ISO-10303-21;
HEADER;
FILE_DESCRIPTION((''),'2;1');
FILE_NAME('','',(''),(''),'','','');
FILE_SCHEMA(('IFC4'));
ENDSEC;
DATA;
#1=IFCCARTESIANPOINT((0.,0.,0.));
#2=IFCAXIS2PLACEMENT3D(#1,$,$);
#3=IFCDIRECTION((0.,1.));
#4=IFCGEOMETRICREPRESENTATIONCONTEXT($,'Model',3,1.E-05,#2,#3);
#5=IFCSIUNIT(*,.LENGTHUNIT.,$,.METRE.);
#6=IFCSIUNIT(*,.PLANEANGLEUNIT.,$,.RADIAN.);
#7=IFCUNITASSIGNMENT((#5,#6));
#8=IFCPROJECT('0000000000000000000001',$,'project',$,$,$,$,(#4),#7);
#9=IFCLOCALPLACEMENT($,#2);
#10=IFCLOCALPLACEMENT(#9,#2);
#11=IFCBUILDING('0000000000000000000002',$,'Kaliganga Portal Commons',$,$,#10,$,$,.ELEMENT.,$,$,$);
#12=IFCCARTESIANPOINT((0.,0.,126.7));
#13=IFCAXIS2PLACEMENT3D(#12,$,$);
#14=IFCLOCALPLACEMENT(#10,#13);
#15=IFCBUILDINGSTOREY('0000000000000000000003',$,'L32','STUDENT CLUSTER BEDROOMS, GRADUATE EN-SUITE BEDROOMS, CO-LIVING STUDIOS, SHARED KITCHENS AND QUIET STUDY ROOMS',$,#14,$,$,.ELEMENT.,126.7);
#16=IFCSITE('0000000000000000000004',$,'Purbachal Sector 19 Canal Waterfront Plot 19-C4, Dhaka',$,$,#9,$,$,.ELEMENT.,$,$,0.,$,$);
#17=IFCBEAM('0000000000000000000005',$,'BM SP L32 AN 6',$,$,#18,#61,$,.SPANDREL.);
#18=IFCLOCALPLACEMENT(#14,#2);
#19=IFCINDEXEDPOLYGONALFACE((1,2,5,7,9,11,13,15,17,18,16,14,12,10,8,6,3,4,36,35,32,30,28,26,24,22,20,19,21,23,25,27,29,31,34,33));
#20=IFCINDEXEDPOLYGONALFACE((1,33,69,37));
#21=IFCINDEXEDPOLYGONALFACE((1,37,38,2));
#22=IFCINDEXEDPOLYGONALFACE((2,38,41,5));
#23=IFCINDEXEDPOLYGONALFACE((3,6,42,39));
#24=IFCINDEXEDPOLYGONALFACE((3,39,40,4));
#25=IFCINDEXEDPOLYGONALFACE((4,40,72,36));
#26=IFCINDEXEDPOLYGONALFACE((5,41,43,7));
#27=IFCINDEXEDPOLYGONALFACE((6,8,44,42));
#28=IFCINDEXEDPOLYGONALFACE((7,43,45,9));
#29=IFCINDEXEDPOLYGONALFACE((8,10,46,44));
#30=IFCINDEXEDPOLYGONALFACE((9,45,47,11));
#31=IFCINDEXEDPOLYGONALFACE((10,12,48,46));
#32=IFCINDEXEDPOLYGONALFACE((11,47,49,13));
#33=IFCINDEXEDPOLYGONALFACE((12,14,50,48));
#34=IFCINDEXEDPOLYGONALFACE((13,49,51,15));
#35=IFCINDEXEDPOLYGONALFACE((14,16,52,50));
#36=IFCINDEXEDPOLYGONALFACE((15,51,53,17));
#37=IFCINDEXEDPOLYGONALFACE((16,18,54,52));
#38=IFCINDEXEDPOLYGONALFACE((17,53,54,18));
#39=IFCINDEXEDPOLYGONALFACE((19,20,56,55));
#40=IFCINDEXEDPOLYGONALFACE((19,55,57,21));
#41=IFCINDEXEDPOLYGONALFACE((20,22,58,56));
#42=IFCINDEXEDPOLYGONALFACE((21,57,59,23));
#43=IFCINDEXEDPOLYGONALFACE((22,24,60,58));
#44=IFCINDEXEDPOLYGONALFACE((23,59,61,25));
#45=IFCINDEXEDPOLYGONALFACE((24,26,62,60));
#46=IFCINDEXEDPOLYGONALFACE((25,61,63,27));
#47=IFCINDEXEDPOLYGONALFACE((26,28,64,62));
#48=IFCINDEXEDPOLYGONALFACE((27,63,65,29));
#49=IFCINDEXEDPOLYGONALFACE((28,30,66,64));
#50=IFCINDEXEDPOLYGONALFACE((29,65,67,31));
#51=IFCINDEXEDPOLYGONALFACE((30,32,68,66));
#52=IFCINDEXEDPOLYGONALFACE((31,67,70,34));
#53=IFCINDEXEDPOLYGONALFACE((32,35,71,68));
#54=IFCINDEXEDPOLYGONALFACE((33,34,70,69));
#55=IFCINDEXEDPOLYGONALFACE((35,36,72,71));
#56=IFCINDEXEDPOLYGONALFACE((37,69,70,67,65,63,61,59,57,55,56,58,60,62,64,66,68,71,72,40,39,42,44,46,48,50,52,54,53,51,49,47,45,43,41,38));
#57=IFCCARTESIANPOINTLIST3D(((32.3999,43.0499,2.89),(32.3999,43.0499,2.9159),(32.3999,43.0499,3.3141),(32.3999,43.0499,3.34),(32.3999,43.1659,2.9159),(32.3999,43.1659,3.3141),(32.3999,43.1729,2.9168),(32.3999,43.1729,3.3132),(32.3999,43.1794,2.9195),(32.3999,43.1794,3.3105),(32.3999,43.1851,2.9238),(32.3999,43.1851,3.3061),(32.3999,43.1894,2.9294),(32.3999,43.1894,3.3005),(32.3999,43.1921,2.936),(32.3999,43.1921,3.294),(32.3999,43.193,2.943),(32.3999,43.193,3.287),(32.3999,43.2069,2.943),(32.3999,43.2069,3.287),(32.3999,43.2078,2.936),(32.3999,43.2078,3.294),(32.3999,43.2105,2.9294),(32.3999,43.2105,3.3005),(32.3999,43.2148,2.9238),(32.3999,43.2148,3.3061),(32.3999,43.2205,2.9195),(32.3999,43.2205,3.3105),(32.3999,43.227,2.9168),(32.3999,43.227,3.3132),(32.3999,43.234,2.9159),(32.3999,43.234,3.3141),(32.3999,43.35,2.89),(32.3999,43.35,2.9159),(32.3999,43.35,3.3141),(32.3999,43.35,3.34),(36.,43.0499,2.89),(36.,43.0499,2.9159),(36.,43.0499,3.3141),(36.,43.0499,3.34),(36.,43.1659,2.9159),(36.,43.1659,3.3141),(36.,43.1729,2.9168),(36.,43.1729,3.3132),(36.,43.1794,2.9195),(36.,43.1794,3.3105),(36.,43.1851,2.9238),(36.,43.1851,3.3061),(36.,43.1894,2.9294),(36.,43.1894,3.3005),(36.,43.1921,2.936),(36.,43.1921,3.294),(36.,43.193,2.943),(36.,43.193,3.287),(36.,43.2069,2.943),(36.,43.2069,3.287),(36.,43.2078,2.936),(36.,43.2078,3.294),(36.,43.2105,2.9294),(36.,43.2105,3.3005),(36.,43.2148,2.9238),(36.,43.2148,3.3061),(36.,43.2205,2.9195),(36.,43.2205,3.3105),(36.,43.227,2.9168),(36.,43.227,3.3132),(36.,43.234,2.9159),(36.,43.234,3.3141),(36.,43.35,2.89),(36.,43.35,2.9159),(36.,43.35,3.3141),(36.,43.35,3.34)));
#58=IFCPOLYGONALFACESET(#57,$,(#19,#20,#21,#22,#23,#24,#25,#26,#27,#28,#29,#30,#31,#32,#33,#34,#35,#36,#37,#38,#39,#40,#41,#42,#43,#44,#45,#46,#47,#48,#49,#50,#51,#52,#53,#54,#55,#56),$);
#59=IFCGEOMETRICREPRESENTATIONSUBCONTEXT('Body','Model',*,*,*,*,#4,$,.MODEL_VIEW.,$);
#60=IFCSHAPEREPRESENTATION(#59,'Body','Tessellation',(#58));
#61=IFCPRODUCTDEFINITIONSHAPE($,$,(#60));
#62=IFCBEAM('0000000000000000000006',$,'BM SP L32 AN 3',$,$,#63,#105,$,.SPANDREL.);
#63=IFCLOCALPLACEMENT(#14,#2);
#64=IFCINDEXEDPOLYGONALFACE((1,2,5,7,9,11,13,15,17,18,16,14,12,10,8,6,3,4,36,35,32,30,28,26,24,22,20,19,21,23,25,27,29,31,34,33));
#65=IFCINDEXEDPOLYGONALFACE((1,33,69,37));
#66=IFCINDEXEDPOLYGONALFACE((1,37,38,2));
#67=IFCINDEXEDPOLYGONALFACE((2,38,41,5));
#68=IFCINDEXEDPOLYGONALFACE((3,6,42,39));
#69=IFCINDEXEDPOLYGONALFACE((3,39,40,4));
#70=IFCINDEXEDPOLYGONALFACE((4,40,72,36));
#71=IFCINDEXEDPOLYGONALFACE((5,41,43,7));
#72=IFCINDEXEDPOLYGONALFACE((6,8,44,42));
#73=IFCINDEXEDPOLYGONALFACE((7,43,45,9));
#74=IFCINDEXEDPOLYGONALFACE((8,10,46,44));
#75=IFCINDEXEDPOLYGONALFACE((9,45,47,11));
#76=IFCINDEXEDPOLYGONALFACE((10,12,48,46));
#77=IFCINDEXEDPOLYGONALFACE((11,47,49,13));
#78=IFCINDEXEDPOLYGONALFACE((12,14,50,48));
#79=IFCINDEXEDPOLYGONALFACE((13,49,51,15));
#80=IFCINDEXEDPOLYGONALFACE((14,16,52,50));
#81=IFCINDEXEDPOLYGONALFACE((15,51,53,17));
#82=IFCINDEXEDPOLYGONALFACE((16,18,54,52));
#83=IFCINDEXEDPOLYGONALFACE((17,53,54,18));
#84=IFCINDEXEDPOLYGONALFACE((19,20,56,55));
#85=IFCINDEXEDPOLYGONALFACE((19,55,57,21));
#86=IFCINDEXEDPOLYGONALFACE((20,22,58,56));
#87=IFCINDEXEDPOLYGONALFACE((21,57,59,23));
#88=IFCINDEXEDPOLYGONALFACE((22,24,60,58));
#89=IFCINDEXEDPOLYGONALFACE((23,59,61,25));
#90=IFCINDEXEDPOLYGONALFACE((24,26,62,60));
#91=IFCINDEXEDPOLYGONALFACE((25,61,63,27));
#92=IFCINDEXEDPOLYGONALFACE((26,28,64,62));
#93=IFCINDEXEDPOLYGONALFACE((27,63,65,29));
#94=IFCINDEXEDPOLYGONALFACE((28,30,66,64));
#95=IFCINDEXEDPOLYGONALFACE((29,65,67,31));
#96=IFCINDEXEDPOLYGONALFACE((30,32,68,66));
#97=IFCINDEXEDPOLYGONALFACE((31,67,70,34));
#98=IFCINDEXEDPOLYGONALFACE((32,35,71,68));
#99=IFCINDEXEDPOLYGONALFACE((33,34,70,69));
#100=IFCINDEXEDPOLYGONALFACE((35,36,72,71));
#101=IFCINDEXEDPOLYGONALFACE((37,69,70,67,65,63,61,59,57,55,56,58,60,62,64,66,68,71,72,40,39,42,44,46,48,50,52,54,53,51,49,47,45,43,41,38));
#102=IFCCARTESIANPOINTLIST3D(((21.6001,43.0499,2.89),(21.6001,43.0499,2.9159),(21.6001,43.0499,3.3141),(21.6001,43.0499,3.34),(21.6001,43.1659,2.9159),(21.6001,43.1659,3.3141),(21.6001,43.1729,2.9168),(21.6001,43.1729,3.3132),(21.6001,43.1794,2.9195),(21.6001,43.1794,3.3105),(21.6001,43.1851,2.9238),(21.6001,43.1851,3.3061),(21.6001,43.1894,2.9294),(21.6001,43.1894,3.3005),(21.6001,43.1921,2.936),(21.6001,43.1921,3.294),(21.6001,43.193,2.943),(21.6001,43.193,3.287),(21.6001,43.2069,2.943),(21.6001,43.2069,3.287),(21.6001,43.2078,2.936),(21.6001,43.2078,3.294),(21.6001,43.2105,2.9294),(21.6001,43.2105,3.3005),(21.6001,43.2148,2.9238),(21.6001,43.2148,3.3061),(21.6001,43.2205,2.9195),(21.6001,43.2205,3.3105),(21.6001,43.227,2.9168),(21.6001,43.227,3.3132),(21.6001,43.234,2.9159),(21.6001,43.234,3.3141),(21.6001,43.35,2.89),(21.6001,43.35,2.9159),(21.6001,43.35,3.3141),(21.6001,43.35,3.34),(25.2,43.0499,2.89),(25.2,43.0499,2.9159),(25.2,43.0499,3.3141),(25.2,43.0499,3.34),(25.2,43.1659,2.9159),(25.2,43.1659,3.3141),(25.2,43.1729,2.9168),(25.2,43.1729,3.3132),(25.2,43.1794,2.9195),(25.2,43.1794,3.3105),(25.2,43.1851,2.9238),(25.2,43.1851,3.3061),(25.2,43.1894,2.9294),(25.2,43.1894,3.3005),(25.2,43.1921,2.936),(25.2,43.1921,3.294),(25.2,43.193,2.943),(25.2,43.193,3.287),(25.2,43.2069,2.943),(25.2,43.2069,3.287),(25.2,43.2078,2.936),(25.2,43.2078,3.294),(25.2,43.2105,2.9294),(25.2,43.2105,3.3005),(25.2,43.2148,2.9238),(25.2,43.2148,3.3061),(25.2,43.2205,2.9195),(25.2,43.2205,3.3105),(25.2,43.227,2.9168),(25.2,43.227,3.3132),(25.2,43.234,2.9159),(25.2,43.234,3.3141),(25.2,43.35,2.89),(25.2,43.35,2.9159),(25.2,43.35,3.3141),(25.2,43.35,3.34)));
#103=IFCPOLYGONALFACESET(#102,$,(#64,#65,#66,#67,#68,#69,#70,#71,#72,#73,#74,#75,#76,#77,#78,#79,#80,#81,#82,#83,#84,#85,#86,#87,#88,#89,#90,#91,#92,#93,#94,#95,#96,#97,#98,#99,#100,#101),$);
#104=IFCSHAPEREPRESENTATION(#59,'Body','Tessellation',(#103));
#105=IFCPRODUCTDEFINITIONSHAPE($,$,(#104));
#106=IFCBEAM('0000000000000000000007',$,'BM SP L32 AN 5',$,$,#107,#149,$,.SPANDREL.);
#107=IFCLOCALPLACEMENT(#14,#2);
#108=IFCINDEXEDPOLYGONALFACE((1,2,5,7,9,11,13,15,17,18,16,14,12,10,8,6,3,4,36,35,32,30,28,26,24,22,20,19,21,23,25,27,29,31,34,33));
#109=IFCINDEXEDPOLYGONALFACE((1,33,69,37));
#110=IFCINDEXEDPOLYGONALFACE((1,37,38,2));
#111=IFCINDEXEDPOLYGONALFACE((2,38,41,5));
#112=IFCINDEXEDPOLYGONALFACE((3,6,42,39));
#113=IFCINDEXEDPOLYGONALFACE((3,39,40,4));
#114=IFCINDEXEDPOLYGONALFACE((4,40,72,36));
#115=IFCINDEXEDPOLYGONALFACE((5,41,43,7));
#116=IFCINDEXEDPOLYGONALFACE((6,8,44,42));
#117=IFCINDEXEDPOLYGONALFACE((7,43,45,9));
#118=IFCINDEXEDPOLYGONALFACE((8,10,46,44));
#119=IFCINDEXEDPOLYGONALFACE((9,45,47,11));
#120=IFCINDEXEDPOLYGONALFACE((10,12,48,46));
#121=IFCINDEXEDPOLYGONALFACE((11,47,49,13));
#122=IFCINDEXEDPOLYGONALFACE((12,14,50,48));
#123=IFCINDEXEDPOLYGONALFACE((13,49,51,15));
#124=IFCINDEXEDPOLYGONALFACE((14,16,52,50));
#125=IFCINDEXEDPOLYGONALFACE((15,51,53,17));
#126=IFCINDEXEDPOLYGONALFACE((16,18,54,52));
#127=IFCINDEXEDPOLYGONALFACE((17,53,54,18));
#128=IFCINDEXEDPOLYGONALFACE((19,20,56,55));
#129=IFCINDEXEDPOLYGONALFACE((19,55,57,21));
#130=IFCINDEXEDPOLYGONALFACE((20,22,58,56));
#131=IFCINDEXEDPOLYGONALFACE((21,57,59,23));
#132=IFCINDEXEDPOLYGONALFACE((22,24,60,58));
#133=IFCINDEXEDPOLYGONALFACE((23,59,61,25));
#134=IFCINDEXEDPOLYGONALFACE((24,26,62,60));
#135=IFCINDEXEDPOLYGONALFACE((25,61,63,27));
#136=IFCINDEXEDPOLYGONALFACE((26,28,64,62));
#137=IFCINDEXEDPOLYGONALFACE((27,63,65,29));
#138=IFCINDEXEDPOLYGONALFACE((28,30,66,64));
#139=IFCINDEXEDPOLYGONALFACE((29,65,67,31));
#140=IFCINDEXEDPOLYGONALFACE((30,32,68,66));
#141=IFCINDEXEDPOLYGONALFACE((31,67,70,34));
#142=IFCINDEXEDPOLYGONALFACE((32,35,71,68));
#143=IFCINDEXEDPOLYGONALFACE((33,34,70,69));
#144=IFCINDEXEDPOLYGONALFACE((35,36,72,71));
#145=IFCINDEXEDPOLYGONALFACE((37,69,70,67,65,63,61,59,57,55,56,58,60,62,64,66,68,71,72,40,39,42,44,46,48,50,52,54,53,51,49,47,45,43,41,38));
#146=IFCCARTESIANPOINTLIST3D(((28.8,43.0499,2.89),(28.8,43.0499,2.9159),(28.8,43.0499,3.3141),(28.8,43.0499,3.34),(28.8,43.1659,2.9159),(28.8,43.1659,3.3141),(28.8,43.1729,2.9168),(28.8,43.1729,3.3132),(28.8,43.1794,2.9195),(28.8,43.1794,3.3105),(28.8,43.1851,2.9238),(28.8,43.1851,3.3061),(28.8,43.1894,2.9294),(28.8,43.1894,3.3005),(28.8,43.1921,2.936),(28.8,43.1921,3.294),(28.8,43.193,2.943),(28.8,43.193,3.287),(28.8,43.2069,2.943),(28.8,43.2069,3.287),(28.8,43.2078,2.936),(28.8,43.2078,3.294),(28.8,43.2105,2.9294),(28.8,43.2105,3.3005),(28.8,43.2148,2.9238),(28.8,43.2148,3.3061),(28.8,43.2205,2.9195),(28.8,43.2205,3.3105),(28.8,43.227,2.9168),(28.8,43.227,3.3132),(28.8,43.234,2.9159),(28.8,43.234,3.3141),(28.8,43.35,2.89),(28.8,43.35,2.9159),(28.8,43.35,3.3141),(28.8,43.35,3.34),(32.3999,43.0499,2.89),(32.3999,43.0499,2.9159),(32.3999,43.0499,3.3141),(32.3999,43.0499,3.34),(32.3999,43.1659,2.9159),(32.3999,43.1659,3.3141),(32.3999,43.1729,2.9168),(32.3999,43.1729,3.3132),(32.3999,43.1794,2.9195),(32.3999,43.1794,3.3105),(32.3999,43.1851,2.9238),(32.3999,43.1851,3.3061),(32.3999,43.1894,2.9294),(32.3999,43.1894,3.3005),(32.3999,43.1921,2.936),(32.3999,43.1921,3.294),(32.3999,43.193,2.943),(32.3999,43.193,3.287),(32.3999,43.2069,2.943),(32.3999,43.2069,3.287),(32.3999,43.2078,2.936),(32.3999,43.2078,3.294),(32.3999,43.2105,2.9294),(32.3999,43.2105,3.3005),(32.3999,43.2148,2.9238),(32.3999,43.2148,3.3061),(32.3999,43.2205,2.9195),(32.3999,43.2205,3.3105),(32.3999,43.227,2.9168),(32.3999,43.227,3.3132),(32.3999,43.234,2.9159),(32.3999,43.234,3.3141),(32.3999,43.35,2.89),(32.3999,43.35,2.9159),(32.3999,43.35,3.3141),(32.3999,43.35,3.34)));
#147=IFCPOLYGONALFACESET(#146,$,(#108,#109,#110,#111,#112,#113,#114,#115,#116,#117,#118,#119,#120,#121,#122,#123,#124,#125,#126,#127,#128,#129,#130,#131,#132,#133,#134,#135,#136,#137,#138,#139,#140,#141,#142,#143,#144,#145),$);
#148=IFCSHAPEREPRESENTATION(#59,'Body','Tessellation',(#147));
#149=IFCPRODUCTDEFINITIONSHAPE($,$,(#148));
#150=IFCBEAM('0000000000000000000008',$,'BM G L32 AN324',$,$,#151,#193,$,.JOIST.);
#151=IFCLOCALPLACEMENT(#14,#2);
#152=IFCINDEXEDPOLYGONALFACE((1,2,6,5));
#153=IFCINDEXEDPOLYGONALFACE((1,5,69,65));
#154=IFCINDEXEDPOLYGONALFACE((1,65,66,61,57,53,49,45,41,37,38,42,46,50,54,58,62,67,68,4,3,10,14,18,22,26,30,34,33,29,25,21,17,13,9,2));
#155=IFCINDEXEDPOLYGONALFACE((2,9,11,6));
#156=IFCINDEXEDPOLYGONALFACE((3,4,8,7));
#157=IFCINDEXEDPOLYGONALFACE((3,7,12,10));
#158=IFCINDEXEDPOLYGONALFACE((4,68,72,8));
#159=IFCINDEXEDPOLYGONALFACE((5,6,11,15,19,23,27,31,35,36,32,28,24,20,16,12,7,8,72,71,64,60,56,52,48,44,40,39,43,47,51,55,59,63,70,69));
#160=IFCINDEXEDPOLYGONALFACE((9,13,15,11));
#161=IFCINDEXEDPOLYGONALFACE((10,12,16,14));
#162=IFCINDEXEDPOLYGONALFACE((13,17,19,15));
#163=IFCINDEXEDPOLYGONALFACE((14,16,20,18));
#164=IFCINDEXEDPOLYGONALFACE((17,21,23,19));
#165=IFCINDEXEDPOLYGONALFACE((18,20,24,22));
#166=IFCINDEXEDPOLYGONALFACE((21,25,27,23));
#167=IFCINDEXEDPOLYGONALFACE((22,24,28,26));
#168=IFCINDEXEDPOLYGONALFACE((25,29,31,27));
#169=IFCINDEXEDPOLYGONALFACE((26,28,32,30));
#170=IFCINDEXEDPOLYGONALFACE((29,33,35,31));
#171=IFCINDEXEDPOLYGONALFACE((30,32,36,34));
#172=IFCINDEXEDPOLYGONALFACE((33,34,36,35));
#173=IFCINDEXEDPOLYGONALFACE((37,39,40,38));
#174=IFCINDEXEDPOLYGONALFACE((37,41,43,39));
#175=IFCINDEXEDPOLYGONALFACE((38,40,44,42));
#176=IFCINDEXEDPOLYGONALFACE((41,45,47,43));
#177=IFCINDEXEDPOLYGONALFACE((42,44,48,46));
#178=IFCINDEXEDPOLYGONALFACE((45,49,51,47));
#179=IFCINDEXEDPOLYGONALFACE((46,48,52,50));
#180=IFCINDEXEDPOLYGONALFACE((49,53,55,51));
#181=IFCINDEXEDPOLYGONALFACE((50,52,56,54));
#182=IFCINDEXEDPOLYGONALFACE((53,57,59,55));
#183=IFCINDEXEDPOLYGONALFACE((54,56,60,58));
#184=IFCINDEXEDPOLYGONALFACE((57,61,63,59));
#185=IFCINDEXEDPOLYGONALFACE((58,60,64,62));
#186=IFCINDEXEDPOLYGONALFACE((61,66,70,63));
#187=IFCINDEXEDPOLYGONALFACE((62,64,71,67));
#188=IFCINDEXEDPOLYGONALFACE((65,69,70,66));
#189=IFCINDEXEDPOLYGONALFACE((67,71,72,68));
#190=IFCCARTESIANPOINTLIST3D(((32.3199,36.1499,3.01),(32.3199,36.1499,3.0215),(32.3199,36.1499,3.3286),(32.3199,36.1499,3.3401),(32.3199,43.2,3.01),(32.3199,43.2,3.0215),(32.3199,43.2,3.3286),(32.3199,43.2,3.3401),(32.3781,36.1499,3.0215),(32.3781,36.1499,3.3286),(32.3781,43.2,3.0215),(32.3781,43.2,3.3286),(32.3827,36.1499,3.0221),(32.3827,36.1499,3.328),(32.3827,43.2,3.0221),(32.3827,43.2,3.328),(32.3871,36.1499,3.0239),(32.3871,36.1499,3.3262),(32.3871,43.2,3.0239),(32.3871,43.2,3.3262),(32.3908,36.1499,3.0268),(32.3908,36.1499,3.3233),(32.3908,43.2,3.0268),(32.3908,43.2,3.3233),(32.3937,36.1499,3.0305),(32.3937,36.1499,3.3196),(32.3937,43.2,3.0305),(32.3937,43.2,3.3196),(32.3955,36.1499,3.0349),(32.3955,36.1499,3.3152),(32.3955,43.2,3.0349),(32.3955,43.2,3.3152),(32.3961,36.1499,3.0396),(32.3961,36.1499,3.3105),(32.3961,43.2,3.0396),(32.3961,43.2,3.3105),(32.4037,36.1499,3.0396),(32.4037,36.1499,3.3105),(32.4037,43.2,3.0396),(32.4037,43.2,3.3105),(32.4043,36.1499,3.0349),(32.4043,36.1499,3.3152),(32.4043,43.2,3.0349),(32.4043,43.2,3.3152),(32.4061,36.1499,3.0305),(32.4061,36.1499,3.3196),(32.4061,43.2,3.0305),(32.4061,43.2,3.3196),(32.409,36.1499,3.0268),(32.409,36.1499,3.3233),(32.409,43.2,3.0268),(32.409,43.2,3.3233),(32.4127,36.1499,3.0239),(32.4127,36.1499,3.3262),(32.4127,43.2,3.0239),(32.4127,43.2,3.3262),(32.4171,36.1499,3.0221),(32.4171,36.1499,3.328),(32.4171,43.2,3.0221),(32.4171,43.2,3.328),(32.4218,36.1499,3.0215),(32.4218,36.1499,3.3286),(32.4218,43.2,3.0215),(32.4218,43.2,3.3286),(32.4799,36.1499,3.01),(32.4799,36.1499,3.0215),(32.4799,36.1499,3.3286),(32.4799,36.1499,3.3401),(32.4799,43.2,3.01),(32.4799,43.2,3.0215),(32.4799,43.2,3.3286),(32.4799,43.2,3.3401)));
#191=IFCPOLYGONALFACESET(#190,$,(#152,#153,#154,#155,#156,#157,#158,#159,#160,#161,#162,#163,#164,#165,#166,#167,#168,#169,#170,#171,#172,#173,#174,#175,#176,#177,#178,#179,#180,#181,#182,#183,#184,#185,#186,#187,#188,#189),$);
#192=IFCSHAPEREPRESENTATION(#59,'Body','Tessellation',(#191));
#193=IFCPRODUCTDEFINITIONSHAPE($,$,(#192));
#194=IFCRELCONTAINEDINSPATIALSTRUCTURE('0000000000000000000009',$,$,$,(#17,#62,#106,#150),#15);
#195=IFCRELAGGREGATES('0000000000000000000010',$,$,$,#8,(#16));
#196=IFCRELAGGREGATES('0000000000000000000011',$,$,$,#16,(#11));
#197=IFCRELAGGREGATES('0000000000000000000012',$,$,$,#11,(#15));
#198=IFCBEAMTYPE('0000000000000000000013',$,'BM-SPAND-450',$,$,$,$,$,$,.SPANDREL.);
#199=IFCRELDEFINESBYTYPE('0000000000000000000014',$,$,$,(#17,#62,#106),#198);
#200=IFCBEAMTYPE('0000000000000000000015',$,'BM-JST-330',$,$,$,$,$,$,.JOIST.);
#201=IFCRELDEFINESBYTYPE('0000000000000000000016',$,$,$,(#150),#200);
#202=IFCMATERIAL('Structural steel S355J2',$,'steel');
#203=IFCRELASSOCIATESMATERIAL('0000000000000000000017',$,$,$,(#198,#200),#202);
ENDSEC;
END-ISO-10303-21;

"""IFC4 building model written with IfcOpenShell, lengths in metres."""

from ifc_helpers import new_model, si_unit, direction, frame, origin, origin_2d, place, context, subcontext, project, spatial, i_section, extrude, source, transform, mapped, material, material_profile, profile_set, type_object, element, save


model = new_model("IFC4")

# Units and contexts
model_context = context("Model", 3, precision=1e-05, world=origin(), true_north=direction((0.0, 1.0)))
body_context = subcontext(model_context, "Body", "Model", "MODEL_VIEW")
ifc_project = project(units=[si_unit("LENGTHUNIT", "METRE"), si_unit("PLANEANGLEUNIT", "RADIAN")], contexts=[model_context])

# Site, building, storey
site_placement = place(None, origin())
site = spatial("IfcSite", under=ifc_project, at=site_placement, Name="Purbachal Sector 19 Canal Waterfront Plot 19-C4, Dhaka", CompositionType="ELEMENT", RefElevation=0.0)
building_placement = place(site_placement, origin())
building = spatial("IfcBuilding", under=site, at=building_placement, Name="Kaliganga Portal Commons", CompositionType="ELEMENT")
storey_placement = place(building_placement, frame((0.0, 0.0, 126.7)))
storey = spatial("IfcBuildingStorey", under=building, at=storey_placement, Name="L32", Description="STUDENT CLUSTER BEDROOMS, GRADUATE EN-SUITE BEDROOMS, CO-LIVING STUDIOS, SHARED KITCHENS AND QUIET STUDY ROOMS", CompositionType="ELEMENT", Elevation=126.7)

# Beams
ifc_material_1 = material(Name="Structural steel S355J2", Category="steel")
ifc_material_profile_1 = material_profile(ifc_material_1, i_section(OverallWidth=0.3, OverallDepth=0.45, WebThickness=0.0139, FlangeThickness=0.0259, FilletRadius=0.0271, at=origin_2d()), Name="HE 450 B")
ifc_profile_set_1 = profile_set([ifc_material_profile_1], Name="Structural steel S355J2 wide-flange")
beam_type_1 = type_object("IfcBeamType", Name="BM-SPAND-450", PredefinedType="SPANDREL", material=ifc_profile_set_1)
shared_shape_1 = source(origin(), body_context, "Body", "SweptSolid", [
    extrude(i_section(OverallWidth=0.3, OverallDepth=0.45, WebThickness=0.0139, FlangeThickness=0.0259, FilletRadius=0.0271, at=origin_2d()), origin(), (0.0, 0.0, 1.0), 3.6001),
])
for number, where, z_axis, x_axis, name in (
    (1, (32.3999, 43.2, 3.115), (1.0, 0.0, 0.0), (0.0, 1.0, 0.0), "BM SP L32 AN 6"),
):
    element("IfcBeam", number, at=place(storey_placement, frame(where, z_axis=z_axis, x_axis=x_axis)), inside=storey, type_object=beam_type_1, Name=name, PredefinedType="SPANDREL", context=body_context, shape_type="MappedRepresentation", body=[
        mapped(shared_shape_1, transform((0.0, 0.0, 0.0), x_axis=(1.0, 0.0, 0.0), y_axis=(0.0, 1.0, 0.0), z_axis=(0.0, 0.0, 1.0), scale=1.0)),
    ])
shared_shape_2 = source(origin(), body_context, "Body", "SweptSolid", [
    extrude(i_section(OverallWidth=0.3, OverallDepth=0.45, WebThickness=0.0139, FlangeThickness=0.0259, FilletRadius=0.0271, at=origin_2d()), origin(), (0.0, 0.0, 1.0), 3.5999),
])
for number, where, z_axis, x_axis, name in (
    (2, (21.6001, 43.2, 3.115), (1.0, 0.0, 0.0), (0.0, 1.0, 0.0), "BM SP L32 AN 3"),
    (3, (28.8, 43.2, 3.115), (1.0, 0.0, 0.0), (0.0, 1.0, 0.0), "BM SP L32 AN 5"),
):
    element("IfcBeam", number, at=place(storey_placement, frame(where, z_axis=z_axis, x_axis=x_axis)), inside=storey, type_object=beam_type_1, Name=name, PredefinedType="SPANDREL", context=body_context, shape_type="MappedRepresentation", body=[
        mapped(shared_shape_2, transform((0.0, 0.0, 0.0), x_axis=(1.0, 0.0, 0.0), y_axis=(0.0, 1.0, 0.0), z_axis=(0.0, 0.0, 1.0), scale=1.0)),
    ])
ifc_material_profile_2 = material_profile(ifc_material_1, i_section(OverallWidth=0.1599, OverallDepth=0.3301, WebThickness=0.0076, FlangeThickness=0.0115, FilletRadius=0.0181, at=origin_2d()), Name="IPE 330")
ifc_profile_set_2 = profile_set([ifc_material_profile_2], Name="Structural steel S355J2 wide-flange")
beam_type_2 = type_object("IfcBeamType", Name="BM-JST-330", PredefinedType="JOIST", material=ifc_profile_set_2)
shared_shape_3 = source(origin(), body_context, "Body", "SweptSolid", [
    extrude(i_section(OverallWidth=0.1599, OverallDepth=0.3301, WebThickness=0.0076, FlangeThickness=0.0115, FilletRadius=0.0181, at=origin_2d()), origin(), (0.0, 0.0, 1.0), 7.05),
])
beam_placement = place(storey_placement, frame((32.3999, 36.1499, 3.175), z_axis=(0.0, 1.0, 0.0), x_axis=(-1.0, 0.0, 0.0)))
element("IfcBeam", 4, at=beam_placement, inside=storey, type_object=beam_type_2, Name="BM G L32 AN324", PredefinedType="JOIST", context=body_context, shape_type="MappedRepresentation", body=[
    mapped(shared_shape_3, transform((0.0, 0.0, 0.0), x_axis=(1.0, 0.0, 0.0), y_axis=(0.0, 1.0, 0.0), z_axis=(0.0, 0.0, 1.0), scale=1.0)),
])

save(model, "model.ifc")
